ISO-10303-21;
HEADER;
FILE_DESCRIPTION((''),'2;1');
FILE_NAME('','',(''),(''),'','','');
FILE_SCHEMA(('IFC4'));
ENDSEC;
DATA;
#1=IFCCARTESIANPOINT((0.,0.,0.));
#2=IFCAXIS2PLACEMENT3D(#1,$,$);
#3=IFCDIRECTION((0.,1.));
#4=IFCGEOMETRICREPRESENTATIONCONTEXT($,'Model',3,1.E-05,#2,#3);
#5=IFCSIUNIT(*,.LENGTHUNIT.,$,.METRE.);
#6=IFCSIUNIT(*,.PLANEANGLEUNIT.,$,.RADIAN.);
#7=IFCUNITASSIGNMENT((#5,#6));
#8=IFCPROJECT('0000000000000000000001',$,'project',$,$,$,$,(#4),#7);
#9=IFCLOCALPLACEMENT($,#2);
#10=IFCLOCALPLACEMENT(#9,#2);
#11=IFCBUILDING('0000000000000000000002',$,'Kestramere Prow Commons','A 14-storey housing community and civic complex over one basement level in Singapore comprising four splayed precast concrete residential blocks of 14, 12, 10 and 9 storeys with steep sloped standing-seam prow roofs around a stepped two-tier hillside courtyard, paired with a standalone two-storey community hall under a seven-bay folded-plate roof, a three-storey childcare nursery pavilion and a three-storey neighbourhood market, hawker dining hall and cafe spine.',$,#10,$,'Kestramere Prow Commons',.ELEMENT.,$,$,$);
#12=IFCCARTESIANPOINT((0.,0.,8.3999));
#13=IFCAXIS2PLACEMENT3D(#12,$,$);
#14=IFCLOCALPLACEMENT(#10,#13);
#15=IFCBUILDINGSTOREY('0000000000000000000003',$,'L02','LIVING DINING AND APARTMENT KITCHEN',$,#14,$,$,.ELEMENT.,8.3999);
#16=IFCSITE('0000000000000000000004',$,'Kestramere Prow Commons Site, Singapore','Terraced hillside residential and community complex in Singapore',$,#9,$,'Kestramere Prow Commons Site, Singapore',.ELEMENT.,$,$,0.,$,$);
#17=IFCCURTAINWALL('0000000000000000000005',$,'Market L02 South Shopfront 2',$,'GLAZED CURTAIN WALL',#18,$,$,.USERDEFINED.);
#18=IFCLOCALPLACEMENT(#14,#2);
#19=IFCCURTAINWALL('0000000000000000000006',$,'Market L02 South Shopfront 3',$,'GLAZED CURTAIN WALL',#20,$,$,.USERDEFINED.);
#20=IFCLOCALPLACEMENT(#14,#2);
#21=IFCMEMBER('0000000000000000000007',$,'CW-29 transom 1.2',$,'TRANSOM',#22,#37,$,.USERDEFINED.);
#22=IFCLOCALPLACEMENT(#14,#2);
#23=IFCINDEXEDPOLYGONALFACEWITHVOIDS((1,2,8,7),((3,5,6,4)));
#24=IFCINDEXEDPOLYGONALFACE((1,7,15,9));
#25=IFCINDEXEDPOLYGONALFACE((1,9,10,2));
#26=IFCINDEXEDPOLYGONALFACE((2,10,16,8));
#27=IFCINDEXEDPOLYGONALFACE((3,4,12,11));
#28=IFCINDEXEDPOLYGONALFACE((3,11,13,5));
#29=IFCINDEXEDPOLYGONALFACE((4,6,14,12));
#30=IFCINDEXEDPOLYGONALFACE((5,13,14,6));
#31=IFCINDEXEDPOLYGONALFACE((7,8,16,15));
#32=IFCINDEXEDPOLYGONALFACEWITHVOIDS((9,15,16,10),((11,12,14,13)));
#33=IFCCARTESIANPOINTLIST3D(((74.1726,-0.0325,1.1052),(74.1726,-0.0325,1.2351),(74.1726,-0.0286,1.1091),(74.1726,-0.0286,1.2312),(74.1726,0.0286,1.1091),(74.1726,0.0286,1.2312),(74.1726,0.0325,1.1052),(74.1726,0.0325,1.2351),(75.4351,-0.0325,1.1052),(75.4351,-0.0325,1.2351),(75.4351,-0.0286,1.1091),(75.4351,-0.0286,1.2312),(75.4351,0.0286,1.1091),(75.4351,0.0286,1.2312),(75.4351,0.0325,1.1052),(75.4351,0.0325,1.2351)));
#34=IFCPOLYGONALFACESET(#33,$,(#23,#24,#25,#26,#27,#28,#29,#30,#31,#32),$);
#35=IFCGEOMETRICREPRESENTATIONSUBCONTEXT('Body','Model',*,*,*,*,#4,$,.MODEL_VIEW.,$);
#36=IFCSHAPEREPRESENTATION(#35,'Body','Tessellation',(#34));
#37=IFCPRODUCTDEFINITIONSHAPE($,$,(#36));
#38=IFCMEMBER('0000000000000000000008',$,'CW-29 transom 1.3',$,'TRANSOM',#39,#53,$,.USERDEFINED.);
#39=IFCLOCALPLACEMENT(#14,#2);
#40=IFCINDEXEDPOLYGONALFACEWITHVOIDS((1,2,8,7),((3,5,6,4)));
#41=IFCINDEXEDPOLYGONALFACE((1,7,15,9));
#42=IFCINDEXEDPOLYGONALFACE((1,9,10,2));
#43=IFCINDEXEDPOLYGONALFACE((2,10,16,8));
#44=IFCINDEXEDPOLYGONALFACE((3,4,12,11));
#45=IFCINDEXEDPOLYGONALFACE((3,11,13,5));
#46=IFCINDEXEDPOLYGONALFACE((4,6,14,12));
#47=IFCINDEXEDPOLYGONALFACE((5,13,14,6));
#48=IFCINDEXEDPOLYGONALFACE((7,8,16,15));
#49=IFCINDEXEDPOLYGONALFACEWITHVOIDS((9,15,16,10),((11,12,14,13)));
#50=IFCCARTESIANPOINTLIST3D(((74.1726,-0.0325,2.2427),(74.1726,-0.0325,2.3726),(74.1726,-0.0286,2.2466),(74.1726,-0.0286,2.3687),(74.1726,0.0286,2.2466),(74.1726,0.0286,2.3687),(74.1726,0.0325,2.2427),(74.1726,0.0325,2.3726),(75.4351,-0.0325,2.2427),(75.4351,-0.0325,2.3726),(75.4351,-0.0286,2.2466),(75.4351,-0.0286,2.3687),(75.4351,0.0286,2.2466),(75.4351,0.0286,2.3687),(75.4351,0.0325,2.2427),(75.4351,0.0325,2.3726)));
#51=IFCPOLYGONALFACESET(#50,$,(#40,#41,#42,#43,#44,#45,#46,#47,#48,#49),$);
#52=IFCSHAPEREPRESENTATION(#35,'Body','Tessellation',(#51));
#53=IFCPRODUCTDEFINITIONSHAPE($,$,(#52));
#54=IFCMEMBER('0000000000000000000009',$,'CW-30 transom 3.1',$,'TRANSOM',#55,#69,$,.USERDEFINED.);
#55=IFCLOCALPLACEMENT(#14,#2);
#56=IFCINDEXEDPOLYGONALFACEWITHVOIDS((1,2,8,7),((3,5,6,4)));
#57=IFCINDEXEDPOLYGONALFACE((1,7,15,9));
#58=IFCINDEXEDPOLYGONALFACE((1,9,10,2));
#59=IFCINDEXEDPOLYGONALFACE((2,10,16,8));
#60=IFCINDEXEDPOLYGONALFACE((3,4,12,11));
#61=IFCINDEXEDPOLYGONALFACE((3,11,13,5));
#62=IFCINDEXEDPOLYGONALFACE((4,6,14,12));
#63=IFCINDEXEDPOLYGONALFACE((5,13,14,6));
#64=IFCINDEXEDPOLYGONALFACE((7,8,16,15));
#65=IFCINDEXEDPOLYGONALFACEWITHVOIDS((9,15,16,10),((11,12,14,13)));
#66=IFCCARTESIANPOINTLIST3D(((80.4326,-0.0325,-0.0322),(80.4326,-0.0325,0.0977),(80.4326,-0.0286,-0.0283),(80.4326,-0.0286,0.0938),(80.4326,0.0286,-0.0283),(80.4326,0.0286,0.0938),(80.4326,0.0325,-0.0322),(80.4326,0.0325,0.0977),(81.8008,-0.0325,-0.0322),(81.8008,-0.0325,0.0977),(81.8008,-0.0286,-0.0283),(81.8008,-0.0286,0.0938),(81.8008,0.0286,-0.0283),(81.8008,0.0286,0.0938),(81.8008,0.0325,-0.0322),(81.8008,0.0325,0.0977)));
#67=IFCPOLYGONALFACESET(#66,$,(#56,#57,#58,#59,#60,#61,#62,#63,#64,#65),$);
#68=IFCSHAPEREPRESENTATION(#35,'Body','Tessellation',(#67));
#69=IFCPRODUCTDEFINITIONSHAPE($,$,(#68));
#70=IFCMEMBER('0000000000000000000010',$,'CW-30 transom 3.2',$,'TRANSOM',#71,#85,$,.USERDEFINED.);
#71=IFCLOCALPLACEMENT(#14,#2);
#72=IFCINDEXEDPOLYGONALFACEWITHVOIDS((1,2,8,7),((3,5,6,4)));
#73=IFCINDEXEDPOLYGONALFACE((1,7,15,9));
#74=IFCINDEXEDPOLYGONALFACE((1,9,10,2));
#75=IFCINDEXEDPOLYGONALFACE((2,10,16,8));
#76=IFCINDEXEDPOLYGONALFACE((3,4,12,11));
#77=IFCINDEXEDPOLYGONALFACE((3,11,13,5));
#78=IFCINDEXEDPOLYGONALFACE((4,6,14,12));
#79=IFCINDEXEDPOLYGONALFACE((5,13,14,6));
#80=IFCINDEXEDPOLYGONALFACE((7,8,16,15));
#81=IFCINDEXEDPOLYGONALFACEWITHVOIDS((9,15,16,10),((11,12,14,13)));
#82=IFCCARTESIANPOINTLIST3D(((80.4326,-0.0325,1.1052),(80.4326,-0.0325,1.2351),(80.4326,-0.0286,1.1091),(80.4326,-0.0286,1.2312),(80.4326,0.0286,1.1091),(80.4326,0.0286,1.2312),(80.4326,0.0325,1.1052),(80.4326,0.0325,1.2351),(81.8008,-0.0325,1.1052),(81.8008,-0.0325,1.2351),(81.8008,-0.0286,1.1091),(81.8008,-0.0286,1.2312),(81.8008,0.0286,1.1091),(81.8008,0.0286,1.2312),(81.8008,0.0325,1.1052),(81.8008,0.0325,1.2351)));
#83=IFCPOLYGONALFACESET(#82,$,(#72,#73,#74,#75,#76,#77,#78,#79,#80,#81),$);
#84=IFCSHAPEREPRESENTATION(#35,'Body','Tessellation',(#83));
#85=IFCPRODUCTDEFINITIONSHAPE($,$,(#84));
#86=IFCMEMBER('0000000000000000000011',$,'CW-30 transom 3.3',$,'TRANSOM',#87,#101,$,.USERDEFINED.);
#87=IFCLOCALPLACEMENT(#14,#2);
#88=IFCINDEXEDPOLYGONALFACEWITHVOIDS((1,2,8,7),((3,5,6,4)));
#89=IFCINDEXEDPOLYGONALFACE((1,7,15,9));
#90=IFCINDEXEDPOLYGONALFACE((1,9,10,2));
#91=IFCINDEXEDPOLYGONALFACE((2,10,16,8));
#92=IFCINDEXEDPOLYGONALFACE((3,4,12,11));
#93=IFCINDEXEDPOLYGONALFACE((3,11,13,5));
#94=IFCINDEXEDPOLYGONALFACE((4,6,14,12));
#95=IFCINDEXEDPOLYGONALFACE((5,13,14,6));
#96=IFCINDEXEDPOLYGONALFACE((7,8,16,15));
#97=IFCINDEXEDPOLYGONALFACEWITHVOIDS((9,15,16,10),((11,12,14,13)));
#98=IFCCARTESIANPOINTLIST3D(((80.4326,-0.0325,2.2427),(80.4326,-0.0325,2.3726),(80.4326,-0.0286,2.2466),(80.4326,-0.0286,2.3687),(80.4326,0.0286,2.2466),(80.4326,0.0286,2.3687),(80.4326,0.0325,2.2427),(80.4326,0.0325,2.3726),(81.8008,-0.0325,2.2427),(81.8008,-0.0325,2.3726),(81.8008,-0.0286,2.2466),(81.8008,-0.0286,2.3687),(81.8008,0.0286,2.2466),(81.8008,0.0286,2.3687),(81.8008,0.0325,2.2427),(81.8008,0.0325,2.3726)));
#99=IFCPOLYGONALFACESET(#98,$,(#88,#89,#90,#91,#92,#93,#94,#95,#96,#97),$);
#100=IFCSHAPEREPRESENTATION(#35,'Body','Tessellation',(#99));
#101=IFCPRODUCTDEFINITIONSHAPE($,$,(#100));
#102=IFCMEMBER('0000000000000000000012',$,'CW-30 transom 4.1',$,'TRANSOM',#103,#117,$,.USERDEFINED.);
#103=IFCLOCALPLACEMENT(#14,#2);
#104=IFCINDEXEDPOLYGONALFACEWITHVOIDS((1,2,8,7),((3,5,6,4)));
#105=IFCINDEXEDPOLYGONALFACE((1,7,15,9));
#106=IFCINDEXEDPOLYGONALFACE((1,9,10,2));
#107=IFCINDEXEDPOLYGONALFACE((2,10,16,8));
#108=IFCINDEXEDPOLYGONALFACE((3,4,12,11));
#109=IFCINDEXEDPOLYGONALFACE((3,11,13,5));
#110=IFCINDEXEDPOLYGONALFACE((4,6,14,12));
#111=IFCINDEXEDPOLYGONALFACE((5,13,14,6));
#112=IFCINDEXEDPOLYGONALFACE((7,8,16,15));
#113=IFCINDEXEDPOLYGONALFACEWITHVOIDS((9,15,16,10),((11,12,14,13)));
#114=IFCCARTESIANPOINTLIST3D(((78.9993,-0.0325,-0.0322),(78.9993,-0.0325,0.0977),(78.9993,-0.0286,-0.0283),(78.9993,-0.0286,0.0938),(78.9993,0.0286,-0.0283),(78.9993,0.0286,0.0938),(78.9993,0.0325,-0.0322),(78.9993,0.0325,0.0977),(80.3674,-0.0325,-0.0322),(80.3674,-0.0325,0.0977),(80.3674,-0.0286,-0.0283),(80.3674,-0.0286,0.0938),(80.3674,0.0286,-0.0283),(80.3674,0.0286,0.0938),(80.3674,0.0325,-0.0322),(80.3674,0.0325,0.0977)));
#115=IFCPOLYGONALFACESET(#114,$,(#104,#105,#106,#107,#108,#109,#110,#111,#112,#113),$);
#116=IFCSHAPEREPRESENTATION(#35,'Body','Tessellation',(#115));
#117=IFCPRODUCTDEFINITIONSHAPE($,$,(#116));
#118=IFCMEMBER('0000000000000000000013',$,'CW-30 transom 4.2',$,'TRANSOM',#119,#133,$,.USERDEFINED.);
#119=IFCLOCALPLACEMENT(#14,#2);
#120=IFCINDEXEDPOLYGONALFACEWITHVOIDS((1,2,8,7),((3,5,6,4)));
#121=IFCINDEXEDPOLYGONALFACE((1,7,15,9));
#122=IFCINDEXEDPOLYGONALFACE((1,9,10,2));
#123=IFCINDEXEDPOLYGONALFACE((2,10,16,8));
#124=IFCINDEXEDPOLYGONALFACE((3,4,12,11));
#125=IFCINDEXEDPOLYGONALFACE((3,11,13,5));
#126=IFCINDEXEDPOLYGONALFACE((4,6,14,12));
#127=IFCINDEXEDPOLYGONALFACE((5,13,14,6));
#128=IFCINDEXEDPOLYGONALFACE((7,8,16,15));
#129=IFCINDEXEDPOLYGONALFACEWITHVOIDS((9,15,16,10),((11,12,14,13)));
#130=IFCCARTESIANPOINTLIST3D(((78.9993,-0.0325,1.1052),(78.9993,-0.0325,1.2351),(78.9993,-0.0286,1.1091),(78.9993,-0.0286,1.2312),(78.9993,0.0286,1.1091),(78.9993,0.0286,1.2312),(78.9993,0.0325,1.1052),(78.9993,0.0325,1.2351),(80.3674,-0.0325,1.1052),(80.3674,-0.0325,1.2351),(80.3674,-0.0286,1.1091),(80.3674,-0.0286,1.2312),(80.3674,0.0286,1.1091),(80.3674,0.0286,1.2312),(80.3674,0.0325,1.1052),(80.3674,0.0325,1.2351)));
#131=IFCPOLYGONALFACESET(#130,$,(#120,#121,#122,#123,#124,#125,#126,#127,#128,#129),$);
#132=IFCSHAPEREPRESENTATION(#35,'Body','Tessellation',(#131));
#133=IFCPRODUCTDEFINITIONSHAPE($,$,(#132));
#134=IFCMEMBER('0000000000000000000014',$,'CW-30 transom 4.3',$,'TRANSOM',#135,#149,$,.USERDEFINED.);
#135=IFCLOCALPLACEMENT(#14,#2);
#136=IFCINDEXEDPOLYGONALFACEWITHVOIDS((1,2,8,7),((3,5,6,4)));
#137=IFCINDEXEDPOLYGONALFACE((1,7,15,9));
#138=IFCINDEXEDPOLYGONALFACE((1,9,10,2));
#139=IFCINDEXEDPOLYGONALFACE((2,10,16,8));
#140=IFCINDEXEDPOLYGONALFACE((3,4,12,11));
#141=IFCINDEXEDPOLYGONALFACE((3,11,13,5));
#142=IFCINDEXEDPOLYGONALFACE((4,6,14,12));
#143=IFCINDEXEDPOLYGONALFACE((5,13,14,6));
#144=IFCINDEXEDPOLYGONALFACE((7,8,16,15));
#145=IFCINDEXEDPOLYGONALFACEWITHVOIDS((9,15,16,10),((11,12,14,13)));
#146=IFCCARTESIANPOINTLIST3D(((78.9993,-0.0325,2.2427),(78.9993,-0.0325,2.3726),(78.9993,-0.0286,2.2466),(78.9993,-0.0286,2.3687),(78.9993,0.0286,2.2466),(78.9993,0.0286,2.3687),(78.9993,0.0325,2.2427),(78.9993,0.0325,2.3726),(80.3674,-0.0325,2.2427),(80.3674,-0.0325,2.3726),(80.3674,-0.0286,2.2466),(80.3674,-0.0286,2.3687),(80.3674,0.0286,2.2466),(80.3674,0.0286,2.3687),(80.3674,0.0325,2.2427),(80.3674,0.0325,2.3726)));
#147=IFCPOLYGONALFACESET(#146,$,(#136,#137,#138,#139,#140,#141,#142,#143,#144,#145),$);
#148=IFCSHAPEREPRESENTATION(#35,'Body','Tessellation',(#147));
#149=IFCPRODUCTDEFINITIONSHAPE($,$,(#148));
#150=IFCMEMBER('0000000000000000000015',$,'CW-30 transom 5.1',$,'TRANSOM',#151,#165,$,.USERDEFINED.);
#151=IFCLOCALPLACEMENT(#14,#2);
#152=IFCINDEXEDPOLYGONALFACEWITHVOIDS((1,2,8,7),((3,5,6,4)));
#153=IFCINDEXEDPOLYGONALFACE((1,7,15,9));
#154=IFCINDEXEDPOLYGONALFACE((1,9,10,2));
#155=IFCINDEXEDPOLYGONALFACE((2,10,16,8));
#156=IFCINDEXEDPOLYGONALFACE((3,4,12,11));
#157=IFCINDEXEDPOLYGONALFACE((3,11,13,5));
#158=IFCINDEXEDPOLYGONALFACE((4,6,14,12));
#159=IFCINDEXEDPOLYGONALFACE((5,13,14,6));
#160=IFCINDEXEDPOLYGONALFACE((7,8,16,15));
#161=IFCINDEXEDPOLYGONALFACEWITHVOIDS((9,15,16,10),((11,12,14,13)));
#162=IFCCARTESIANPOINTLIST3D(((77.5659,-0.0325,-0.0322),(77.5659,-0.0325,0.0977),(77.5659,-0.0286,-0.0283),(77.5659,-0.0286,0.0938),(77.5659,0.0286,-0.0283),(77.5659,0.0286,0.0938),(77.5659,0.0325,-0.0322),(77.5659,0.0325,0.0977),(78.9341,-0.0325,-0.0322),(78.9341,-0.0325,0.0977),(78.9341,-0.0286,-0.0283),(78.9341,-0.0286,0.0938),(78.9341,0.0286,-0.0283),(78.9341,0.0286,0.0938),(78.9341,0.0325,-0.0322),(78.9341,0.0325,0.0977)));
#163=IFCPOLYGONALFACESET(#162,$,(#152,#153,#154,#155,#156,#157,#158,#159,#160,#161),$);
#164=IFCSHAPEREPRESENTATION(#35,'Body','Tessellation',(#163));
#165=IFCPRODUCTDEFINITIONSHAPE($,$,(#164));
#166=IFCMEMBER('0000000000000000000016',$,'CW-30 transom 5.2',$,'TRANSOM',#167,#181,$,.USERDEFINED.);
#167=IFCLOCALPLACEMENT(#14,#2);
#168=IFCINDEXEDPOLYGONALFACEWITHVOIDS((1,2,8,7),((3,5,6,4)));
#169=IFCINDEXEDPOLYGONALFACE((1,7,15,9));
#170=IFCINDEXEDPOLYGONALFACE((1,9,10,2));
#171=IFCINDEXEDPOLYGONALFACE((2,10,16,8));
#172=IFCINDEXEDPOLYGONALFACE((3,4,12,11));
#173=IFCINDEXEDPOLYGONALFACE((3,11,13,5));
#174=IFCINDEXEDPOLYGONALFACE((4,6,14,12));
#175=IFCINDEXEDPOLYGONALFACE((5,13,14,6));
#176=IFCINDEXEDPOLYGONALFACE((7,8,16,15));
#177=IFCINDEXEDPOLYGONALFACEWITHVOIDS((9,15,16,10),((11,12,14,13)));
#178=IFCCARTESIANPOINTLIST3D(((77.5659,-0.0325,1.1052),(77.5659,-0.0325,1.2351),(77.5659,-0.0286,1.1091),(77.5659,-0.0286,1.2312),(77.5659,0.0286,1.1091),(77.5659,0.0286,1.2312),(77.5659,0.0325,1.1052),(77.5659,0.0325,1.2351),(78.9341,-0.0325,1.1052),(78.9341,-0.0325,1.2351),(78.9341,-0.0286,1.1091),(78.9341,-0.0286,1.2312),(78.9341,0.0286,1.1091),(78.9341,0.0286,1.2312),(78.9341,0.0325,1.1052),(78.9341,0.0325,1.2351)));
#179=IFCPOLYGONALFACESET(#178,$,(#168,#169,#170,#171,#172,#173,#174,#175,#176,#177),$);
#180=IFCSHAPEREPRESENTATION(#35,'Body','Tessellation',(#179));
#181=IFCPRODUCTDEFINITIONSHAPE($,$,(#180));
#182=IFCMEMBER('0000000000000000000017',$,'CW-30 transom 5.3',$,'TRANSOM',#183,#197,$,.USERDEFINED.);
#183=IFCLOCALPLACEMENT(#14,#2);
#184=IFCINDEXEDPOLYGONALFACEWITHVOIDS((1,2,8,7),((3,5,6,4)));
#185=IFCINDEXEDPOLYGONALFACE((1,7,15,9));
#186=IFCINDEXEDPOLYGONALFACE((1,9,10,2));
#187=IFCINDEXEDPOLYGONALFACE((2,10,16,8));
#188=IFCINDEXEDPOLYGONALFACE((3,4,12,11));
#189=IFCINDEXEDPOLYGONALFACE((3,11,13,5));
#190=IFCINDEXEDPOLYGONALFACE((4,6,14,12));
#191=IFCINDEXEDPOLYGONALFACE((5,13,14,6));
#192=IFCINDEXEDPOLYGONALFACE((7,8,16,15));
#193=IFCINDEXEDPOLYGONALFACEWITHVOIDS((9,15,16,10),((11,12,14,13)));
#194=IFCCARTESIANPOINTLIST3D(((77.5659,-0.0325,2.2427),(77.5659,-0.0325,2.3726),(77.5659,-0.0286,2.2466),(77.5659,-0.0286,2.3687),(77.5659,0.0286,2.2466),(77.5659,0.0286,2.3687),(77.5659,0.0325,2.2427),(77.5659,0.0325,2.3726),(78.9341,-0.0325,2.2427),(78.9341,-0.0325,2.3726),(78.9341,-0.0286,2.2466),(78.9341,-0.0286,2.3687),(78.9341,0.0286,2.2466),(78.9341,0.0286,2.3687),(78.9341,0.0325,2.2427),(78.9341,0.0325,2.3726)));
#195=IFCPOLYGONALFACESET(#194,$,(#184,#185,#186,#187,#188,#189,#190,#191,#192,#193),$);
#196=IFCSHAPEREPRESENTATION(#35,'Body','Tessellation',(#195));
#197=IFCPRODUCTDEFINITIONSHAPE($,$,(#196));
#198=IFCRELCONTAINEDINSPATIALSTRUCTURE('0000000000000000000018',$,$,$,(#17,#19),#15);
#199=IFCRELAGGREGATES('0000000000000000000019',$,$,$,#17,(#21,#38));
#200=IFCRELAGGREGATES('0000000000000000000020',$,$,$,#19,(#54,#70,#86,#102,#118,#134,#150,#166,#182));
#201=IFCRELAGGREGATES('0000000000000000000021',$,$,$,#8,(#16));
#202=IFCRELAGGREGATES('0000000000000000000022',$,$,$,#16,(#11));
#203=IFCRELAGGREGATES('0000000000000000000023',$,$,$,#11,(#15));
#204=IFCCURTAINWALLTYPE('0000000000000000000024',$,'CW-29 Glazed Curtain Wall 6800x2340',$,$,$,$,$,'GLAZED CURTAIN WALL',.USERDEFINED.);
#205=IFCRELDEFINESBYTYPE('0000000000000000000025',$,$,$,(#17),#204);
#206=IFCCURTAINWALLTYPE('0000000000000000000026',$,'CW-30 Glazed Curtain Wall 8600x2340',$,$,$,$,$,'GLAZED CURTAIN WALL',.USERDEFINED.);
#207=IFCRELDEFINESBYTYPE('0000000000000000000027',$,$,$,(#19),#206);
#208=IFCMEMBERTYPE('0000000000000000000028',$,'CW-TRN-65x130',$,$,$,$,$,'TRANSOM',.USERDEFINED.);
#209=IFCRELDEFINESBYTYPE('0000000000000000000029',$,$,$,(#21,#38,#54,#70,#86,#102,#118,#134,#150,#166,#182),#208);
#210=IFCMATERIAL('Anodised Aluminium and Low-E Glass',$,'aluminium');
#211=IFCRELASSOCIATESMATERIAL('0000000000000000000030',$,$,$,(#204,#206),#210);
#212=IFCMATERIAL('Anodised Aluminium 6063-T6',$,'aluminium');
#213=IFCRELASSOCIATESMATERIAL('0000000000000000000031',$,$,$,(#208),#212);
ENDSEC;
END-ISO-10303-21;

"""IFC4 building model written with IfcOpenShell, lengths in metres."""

from ifc_helpers import new_model, si_unit, direction, frame, origin, origin_2d, place, context, subcontext, project, spatial, hollow_rectangle, extrude, material, material_profile, profile_set, type_object, element, aggregate, save


model = new_model("IFC4")

# Units and contexts
model_context = context("Model", 3, precision=1e-05, world=origin(), true_north=direction((0.0, 1.0)))
body_context = subcontext(model_context, "Body", "Model", "MODEL_VIEW")
ifc_project = project(units=[si_unit("LENGTHUNIT", "METRE"), si_unit("PLANEANGLEUNIT", "RADIAN")], contexts=[model_context])

# Site, building, storey
site_placement = place(None, origin())
site = spatial("IfcSite", under=ifc_project, at=site_placement, Name="Kestramere Prow Commons Site, Singapore", Description="Terraced hillside residential and community complex in Singapore", LongName="Kestramere Prow Commons Site, Singapore", CompositionType="ELEMENT", RefElevation=0.0)
building_placement = place(site_placement, origin())
building = spatial("IfcBuilding", under=site, at=building_placement, Name="Kestramere Prow Commons", Description="A 14-storey housing community and civic complex over one basement level in Singapore comprising four splayed precast concrete residential blocks of 14, 12, 10 and 9 storeys with steep sloped standing-seam prow roofs around a stepped two-tier hillside courtyard, paired with a standalone two-storey community hall under a seven-bay folded-plate roof, a three-storey childcare nursery pavilion and a three-storey neighbourhood market, hawker dining hall and cafe spine.", LongName="Kestramere Prow Commons", CompositionType="ELEMENT")
storey_placement = place(building_placement, frame((0.0, 0.0, 8.3999)))
storey = spatial("IfcBuildingStorey", under=building, at=storey_placement, Name="L02", Description="LIVING DINING AND APARTMENT KITCHEN", CompositionType="ELEMENT", Elevation=8.3999)

# Curtain wall
ifc_material_1 = material(Name="Anodised Aluminium and Low-E Glass", Category="aluminium")
curtain_wall_type_1 = type_object("IfcCurtainWallType", Name="CW-29 Glazed Curtain Wall 6800x2340", ElementType="GLAZED CURTAIN WALL", PredefinedType="USERDEFINED", material=ifc_material_1)
curtain_wall_1_placement = place(storey_placement, origin())
curtain_wall_1 = element("IfcCurtainWall", 1, at=curtain_wall_1_placement, inside=storey, type_object=curtain_wall_type_1, Name="Market L02 South Shopfront 2", ObjectType="GLAZED CURTAIN WALL", PredefinedType="USERDEFINED")
ifc_material_2 = material(Name="Anodised Aluminium 6063-T6", Category="aluminium")

# Curtain wall
curtain_wall_type_2 = type_object("IfcCurtainWallType", Name="CW-30 Glazed Curtain Wall 8600x2340", ElementType="GLAZED CURTAIN WALL", PredefinedType="USERDEFINED", material=ifc_material_1)
curtain_wall_2_placement = place(storey_placement, origin())
curtain_wall_2 = element("IfcCurtainWall", 2, at=curtain_wall_2_placement, inside=storey, type_object=curtain_wall_type_2, Name="Market L02 South Shopfront 3", ObjectType="GLAZED CURTAIN WALL", PredefinedType="USERDEFINED")

# Members
ifc_material_profile_1 = material_profile(ifc_material_2, hollow_rectangle(XDim=0.0649, YDim=0.1299, WallThickness=0.0039, at=origin_2d()), Name="ALU-TRN 65x130")
ifc_profile_set_1 = profile_set([ifc_material_profile_1], Name="Anodised Aluminium 6063-T6")
member_type_1 = type_object("IfcMemberType", Name="CW-TRN-65x130", ElementType="TRANSOM", PredefinedType="USERDEFINED", material=ifc_profile_set_1)
member_1_placement = place(storey_placement, frame((75.4351, 0.0, 1.1702), z_axis=(-1.0, 0.0, 0.0), x_axis=(0.0, -1.0, 0.0)))
member_1 = element("IfcMember", 3, at=member_1_placement, type_object=member_type_1, Name="CW-29 transom 1.2", ObjectType="TRANSOM", PredefinedType="USERDEFINED", context=body_context, shape_type="SweptSolid", body=[
    extrude(hollow_rectangle(XDim=0.0649, YDim=0.1299, WallThickness=0.0039, at=origin_2d()), origin(), (0.0, 0.0, 1.0), 1.2625),
])
member_2_placement = place(storey_placement, frame((75.4351, 0.0, 2.3076), z_axis=(-1.0, 0.0, 0.0), x_axis=(0.0, -1.0, 0.0)))
member_2 = element("IfcMember", 4, at=member_2_placement, type_object=member_type_1, Name="CW-29 transom 1.3", ObjectType="TRANSOM", PredefinedType="USERDEFINED", context=body_context, shape_type="SweptSolid", body=[
    extrude(hollow_rectangle(XDim=0.0649, YDim=0.1299, WallThickness=0.0039, at=origin_2d()), origin(), (0.0, 0.0, 1.0), 1.2625),
])
member_3_placement = place(storey_placement, frame((81.8008, 0.0, 0.0327), z_axis=(-1.0, 0.0, 0.0), x_axis=(0.0, -1.0, 0.0)))
member_3 = element("IfcMember", 5, at=member_3_placement, type_object=member_type_1, Name="CW-30 transom 3.1", ObjectType="TRANSOM", PredefinedType="USERDEFINED", context=body_context, shape_type="SweptSolid", body=[
    extrude(hollow_rectangle(XDim=0.0649, YDim=0.1299, WallThickness=0.0039, at=origin_2d()), origin(), (0.0, 0.0, 1.0), 1.3682),
])
member_4_placement = place(storey_placement, frame((81.8008, 0.0, 1.1702), z_axis=(-1.0, 0.0, 0.0), x_axis=(0.0, -1.0, 0.0)))
member_4 = element("IfcMember", 6, at=member_4_placement, type_object=member_type_1, Name="CW-30 transom 3.2", ObjectType="TRANSOM", PredefinedType="USERDEFINED", context=body_context, shape_type="SweptSolid", body=[
    extrude(hollow_rectangle(XDim=0.0649, YDim=0.1299, WallThickness=0.0039, at=origin_2d()), origin(), (0.0, 0.0, 1.0), 1.3682),
])
member_5_placement = place(storey_placement, frame((81.8008, 0.0, 2.3076), z_axis=(-1.0, 0.0, 0.0), x_axis=(0.0, -1.0, 0.0)))
member_5 = element("IfcMember", 7, at=member_5_placement, type_object=member_type_1, Name="CW-30 transom 3.3", ObjectType="TRANSOM", PredefinedType="USERDEFINED", context=body_context, shape_type="SweptSolid", body=[
    extrude(hollow_rectangle(XDim=0.0649, YDim=0.1299, WallThickness=0.0039, at=origin_2d()), origin(), (0.0, 0.0, 1.0), 1.3682),
])
member_6_placement = place(storey_placement, frame((80.3674, 0.0, 0.0327), z_axis=(-1.0, 0.0, 0.0), x_axis=(0.0, -1.0, 0.0)))
member_6 = element("IfcMember", 8, at=member_6_placement, type_object=member_type_1, Name="CW-30 transom 4.1", ObjectType="TRANSOM", PredefinedType="USERDEFINED", context=body_context, shape_type="SweptSolid", body=[
    extrude(hollow_rectangle(XDim=0.0649, YDim=0.1299, WallThickness=0.0039, at=origin_2d()), origin(), (0.0, 0.0, 1.0), 1.3682),
])
member_7_placement = place(storey_placement, frame((80.3674, 0.0, 1.1702), z_axis=(-1.0, 0.0, 0.0), x_axis=(0.0, -1.0, 0.0)))
member_7 = element("IfcMember", 9, at=member_7_placement, type_object=member_type_1, Name="CW-30 transom 4.2", ObjectType="TRANSOM", PredefinedType="USERDEFINED", context=body_context, shape_type="SweptSolid", body=[
    extrude(hollow_rectangle(XDim=0.0649, YDim=0.1299, WallThickness=0.0039, at=origin_2d()), origin(), (0.0, 0.0, 1.0), 1.3682),
])
member_8_placement = place(storey_placement, frame((80.3674, 0.0, 2.3076), z_axis=(-1.0, 0.0, 0.0), x_axis=(0.0, -1.0, 0.0)))
member_8 = element("IfcMember", 10, at=member_8_placement, type_object=member_type_1, Name="CW-30 transom 4.3", ObjectType="TRANSOM", PredefinedType="USERDEFINED", context=body_context, shape_type="SweptSolid", body=[
    extrude(hollow_rectangle(XDim=0.0649, YDim=0.1299, WallThickness=0.0039, at=origin_2d()), origin(), (0.0, 0.0, 1.0), 1.3682),
])
member_9_placement = place(storey_placement, frame((78.9341, 0.0, 0.0327), z_axis=(-1.0, 0.0, 0.0), x_axis=(0.0, -1.0, 0.0)))
member_9 = element("IfcMember", 11, at=member_9_placement, type_object=member_type_1, Name="CW-30 transom 5.1", ObjectType="TRANSOM", PredefinedType="USERDEFINED", context=body_context, shape_type="SweptSolid", body=[
    extrude(hollow_rectangle(XDim=0.0649, YDim=0.1299, WallThickness=0.0039, at=origin_2d()), origin(), (0.0, 0.0, 1.0), 1.3682),
])
member_10_placement = place(storey_placement, frame((78.9341, 0.0, 1.1702), z_axis=(-1.0, 0.0, 0.0), x_axis=(0.0, -1.0, 0.0)))
member_10 = element("IfcMember", 12, at=member_10_placement, type_object=member_type_1, Name="CW-30 transom 5.2", ObjectType="TRANSOM", PredefinedType="USERDEFINED", context=body_context, shape_type="SweptSolid", body=[
    extrude(hollow_rectangle(XDim=0.0649, YDim=0.1299, WallThickness=0.0039, at=origin_2d()), origin(), (0.0, 0.0, 1.0), 1.3682),
])
member_11_placement = place(storey_placement, frame((78.9341, 0.0, 2.3076), z_axis=(-1.0, 0.0, 0.0), x_axis=(0.0, -1.0, 0.0)))
member_11 = element("IfcMember", 13, at=member_11_placement, type_object=member_type_1, Name="CW-30 transom 5.3", ObjectType="TRANSOM", PredefinedType="USERDEFINED", context=body_context, shape_type="SweptSolid", body=[
    extrude(hollow_rectangle(XDim=0.0649, YDim=0.1299, WallThickness=0.0039, at=origin_2d()), origin(), (0.0, 0.0, 1.0), 1.3682),
])

aggregate(curtain_wall_1, [member_1, member_2])
aggregate(curtain_wall_2, [member_3, member_4, member_5, member_6, member_7, member_8, member_9, member_10, member_11])

save(model, "model.ifc")
